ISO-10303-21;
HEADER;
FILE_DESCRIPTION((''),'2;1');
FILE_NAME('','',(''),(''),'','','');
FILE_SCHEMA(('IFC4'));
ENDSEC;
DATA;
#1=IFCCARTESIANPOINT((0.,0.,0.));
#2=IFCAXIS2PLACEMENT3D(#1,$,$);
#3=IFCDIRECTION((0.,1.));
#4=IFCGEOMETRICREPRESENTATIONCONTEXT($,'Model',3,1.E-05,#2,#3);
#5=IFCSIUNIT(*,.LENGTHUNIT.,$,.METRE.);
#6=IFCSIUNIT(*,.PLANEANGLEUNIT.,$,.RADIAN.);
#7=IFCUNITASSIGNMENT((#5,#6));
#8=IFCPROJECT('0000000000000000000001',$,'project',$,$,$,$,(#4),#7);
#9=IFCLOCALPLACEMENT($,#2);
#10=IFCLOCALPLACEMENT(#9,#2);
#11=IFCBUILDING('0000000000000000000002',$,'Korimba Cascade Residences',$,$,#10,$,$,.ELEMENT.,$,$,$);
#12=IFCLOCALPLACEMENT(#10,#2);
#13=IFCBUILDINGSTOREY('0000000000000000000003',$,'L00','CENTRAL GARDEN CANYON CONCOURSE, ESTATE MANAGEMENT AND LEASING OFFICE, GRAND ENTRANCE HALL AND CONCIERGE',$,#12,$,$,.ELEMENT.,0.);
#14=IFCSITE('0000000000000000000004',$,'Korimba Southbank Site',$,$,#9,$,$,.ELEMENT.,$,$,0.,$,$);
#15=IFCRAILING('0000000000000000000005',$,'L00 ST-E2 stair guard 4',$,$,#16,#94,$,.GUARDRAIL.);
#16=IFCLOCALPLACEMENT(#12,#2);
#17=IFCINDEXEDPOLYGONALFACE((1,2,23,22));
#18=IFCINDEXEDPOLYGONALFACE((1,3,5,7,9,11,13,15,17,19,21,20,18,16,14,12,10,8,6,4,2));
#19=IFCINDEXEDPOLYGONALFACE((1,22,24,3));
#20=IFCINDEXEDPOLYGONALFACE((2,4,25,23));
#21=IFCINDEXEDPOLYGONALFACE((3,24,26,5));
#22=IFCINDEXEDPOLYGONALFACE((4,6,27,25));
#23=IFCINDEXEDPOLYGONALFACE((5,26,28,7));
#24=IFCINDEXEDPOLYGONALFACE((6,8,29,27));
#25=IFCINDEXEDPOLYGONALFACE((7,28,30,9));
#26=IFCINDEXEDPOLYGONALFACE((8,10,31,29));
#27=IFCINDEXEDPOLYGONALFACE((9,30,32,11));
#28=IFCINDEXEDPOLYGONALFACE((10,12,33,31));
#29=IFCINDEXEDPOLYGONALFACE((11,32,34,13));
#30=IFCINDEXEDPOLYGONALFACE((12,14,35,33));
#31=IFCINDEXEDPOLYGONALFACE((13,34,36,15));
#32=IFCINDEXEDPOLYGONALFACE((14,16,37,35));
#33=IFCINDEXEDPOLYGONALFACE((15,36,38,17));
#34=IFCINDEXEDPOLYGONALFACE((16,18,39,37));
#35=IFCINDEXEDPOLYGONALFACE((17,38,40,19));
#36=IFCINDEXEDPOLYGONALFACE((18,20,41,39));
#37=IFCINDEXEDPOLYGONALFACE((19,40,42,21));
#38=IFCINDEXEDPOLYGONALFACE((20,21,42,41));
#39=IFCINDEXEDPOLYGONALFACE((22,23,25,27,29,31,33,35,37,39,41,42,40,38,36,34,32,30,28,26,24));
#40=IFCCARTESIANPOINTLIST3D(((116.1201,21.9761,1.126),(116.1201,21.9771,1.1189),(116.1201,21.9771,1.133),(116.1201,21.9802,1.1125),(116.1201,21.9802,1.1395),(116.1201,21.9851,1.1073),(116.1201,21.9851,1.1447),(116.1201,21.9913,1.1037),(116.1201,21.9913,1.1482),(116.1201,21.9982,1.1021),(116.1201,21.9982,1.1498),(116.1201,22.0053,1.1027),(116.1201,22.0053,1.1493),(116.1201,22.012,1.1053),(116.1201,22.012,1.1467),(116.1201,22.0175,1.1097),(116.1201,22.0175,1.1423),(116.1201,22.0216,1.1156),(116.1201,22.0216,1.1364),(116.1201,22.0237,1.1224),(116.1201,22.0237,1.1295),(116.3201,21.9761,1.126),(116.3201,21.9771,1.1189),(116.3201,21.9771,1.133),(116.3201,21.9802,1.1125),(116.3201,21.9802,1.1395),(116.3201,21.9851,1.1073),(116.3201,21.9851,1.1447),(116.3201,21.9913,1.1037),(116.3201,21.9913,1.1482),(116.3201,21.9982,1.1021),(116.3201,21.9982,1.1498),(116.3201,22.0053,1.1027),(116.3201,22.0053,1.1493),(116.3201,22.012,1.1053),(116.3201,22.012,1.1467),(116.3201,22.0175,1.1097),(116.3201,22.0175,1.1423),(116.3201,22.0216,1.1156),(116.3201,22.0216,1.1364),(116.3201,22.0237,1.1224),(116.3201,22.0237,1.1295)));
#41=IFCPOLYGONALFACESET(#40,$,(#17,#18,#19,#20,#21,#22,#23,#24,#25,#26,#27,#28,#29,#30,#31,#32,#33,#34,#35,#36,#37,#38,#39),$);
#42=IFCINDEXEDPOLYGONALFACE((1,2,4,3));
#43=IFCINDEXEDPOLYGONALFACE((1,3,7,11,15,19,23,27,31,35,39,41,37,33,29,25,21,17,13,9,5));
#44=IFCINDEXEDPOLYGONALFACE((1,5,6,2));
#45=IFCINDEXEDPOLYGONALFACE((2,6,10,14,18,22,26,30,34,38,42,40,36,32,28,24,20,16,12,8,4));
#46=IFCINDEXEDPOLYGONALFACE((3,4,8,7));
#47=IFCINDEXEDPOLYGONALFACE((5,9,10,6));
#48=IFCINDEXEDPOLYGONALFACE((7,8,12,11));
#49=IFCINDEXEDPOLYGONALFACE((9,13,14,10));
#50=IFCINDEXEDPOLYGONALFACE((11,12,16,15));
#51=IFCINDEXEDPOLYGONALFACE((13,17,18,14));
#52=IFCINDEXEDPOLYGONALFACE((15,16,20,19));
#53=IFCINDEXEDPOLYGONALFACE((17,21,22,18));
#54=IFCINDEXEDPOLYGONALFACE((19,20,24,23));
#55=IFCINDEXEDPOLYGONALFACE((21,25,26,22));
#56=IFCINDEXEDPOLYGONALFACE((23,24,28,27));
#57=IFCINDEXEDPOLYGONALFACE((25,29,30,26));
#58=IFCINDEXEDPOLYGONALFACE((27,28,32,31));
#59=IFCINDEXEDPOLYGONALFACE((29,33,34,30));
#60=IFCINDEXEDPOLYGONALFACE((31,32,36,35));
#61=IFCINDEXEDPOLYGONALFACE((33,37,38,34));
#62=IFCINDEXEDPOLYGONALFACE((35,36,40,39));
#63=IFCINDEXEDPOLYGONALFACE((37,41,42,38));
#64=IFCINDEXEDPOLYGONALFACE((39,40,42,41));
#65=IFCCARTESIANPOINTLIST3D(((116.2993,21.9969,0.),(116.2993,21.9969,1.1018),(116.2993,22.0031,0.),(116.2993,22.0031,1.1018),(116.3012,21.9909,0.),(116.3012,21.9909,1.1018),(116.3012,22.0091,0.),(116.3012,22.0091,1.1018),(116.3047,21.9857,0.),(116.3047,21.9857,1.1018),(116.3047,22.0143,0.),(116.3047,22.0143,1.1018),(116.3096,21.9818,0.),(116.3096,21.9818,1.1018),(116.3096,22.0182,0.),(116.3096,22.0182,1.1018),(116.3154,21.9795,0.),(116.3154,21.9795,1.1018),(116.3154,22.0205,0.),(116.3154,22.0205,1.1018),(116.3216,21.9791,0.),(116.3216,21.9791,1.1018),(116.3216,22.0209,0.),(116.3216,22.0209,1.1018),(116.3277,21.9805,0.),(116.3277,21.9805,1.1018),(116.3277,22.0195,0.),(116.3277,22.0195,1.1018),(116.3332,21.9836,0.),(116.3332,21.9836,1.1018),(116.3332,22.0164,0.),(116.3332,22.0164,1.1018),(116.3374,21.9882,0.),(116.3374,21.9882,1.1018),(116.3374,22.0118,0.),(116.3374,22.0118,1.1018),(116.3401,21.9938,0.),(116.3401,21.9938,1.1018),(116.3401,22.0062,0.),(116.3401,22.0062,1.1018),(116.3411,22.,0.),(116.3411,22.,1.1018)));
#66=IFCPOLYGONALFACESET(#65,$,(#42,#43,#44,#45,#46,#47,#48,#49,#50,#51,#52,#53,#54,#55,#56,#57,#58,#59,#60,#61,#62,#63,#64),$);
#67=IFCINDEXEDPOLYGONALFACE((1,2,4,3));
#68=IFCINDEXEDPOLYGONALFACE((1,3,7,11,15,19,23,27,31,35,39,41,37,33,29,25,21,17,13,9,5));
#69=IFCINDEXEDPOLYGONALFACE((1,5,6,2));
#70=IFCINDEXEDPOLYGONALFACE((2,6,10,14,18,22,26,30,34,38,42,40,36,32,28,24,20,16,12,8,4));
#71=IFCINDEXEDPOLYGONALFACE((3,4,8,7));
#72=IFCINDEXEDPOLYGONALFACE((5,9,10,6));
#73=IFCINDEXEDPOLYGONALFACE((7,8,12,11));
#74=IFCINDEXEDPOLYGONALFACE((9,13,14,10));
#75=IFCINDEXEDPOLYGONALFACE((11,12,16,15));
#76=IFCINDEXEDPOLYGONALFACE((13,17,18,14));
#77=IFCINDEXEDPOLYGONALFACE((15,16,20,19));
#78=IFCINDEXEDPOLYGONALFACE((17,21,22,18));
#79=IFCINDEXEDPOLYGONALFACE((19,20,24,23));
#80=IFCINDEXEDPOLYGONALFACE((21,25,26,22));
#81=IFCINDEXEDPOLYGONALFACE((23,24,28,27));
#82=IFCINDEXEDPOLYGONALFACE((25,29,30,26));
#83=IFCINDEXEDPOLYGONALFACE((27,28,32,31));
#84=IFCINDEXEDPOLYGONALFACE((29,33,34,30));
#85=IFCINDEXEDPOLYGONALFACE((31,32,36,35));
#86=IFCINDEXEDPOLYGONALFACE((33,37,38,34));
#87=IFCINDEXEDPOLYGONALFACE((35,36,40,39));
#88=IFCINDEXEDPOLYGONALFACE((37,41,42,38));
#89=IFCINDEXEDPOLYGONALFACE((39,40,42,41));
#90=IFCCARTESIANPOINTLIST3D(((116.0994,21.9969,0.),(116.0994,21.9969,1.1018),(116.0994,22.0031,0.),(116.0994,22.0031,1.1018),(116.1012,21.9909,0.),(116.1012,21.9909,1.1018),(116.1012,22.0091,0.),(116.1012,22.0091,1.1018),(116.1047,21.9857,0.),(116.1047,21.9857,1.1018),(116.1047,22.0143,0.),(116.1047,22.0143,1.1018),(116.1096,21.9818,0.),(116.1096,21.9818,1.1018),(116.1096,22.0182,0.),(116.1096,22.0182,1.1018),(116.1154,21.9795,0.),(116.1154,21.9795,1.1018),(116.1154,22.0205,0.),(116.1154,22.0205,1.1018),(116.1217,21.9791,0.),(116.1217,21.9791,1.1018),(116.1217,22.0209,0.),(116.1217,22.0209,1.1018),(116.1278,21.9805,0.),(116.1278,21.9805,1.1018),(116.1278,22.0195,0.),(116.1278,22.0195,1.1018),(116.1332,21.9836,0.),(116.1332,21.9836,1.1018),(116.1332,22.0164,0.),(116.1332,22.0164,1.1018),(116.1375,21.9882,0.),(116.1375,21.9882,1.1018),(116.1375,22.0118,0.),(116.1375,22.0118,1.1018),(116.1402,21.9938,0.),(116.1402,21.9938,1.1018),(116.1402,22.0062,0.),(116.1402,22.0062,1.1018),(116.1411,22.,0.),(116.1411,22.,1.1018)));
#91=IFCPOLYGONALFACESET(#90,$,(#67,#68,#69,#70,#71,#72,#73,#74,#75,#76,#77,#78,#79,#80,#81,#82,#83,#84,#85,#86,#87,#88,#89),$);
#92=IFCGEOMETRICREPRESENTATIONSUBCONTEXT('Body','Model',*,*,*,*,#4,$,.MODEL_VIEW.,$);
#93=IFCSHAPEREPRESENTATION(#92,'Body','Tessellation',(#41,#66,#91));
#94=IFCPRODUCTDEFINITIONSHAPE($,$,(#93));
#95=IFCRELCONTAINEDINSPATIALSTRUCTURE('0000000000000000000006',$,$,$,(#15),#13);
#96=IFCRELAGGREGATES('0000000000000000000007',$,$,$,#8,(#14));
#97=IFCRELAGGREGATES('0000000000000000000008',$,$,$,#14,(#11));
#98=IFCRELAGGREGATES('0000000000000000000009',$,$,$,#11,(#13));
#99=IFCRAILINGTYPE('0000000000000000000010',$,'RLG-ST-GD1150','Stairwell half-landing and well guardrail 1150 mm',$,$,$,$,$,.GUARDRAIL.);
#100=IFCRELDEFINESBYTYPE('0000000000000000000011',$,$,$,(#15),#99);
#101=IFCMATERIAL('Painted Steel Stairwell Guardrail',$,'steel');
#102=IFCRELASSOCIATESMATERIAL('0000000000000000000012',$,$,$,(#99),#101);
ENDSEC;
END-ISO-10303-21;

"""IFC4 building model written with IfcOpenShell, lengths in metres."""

from ifc_helpers import new_model, si_unit, direction, frame, origin, origin_2d, place, context, subcontext, project, spatial, circle, extrude, material, type_object, element, save


model = new_model("IFC4")

# Units and contexts
model_context = context("Model", 3, precision=1e-05, world=origin(), true_north=direction((0.0, 1.0)))
body_context = subcontext(model_context, "Body", "Model", "MODEL_VIEW")
ifc_project = project(units=[si_unit("LENGTHUNIT", "METRE"), si_unit("PLANEANGLEUNIT", "RADIAN")], contexts=[model_context])

# Site, building, storey
site_placement = place(None, origin())
site = spatial("IfcSite", under=ifc_project, at=site_placement, Name="Korimba Southbank Site", CompositionType="ELEMENT", RefElevation=0.0)
building_placement = place(site_placement, origin())
building = spatial("IfcBuilding", under=site, at=building_placement, Name="Korimba Cascade Residences", CompositionType="ELEMENT")
storey_placement = place(building_placement, origin())
storey = spatial("IfcBuildingStorey", under=building, at=storey_placement, Name="L00", Description="CENTRAL GARDEN CANYON CONCOURSE, ESTATE MANAGEMENT AND LEASING OFFICE, GRAND ENTRANCE HALL AND CONCIERGE", CompositionType="ELEMENT", Elevation=0.0)

# Railing
ifc_material_1 = material(Name="Painted Steel Stairwell Guardrail", Category="steel")
railing_type_1 = type_object("IfcRailingType", Name="RLG-ST-GD1150", Description="Stairwell half-landing and well guardrail 1150 mm", PredefinedType="GUARDRAIL", material=ifc_material_1)
railing_1_placement = place(storey_placement, frame((116.3201, 22.0, 0.0)))
element("IfcRailing", 1, at=railing_1_placement, inside=storey, type_object=railing_type_1, Name="L00 ST-E2 stair guard 4", PredefinedType="GUARDRAIL", context=body_context, shape_type="SweptSolid", body=[
    extrude(circle(Radius=0.0239, at=origin_2d()), frame((0.0, 0.0, 1.126), z_axis=(-1.0, 0.0, 0.0), x_axis=(0.0, -1.0, 0.0)), (0.0, 0.0, 1.0), 0.2),
    extrude(circle(Radius=0.021, at=origin_2d()), origin(), (0.0, 0.0, 1.0), 1.1018),
    extrude(circle(Radius=0.021, at=origin_2d()), frame((-0.2, 0.0, 0.0)), (0.0, 0.0, 1.0), 1.1018),
])

save(model, "model.ifc")
